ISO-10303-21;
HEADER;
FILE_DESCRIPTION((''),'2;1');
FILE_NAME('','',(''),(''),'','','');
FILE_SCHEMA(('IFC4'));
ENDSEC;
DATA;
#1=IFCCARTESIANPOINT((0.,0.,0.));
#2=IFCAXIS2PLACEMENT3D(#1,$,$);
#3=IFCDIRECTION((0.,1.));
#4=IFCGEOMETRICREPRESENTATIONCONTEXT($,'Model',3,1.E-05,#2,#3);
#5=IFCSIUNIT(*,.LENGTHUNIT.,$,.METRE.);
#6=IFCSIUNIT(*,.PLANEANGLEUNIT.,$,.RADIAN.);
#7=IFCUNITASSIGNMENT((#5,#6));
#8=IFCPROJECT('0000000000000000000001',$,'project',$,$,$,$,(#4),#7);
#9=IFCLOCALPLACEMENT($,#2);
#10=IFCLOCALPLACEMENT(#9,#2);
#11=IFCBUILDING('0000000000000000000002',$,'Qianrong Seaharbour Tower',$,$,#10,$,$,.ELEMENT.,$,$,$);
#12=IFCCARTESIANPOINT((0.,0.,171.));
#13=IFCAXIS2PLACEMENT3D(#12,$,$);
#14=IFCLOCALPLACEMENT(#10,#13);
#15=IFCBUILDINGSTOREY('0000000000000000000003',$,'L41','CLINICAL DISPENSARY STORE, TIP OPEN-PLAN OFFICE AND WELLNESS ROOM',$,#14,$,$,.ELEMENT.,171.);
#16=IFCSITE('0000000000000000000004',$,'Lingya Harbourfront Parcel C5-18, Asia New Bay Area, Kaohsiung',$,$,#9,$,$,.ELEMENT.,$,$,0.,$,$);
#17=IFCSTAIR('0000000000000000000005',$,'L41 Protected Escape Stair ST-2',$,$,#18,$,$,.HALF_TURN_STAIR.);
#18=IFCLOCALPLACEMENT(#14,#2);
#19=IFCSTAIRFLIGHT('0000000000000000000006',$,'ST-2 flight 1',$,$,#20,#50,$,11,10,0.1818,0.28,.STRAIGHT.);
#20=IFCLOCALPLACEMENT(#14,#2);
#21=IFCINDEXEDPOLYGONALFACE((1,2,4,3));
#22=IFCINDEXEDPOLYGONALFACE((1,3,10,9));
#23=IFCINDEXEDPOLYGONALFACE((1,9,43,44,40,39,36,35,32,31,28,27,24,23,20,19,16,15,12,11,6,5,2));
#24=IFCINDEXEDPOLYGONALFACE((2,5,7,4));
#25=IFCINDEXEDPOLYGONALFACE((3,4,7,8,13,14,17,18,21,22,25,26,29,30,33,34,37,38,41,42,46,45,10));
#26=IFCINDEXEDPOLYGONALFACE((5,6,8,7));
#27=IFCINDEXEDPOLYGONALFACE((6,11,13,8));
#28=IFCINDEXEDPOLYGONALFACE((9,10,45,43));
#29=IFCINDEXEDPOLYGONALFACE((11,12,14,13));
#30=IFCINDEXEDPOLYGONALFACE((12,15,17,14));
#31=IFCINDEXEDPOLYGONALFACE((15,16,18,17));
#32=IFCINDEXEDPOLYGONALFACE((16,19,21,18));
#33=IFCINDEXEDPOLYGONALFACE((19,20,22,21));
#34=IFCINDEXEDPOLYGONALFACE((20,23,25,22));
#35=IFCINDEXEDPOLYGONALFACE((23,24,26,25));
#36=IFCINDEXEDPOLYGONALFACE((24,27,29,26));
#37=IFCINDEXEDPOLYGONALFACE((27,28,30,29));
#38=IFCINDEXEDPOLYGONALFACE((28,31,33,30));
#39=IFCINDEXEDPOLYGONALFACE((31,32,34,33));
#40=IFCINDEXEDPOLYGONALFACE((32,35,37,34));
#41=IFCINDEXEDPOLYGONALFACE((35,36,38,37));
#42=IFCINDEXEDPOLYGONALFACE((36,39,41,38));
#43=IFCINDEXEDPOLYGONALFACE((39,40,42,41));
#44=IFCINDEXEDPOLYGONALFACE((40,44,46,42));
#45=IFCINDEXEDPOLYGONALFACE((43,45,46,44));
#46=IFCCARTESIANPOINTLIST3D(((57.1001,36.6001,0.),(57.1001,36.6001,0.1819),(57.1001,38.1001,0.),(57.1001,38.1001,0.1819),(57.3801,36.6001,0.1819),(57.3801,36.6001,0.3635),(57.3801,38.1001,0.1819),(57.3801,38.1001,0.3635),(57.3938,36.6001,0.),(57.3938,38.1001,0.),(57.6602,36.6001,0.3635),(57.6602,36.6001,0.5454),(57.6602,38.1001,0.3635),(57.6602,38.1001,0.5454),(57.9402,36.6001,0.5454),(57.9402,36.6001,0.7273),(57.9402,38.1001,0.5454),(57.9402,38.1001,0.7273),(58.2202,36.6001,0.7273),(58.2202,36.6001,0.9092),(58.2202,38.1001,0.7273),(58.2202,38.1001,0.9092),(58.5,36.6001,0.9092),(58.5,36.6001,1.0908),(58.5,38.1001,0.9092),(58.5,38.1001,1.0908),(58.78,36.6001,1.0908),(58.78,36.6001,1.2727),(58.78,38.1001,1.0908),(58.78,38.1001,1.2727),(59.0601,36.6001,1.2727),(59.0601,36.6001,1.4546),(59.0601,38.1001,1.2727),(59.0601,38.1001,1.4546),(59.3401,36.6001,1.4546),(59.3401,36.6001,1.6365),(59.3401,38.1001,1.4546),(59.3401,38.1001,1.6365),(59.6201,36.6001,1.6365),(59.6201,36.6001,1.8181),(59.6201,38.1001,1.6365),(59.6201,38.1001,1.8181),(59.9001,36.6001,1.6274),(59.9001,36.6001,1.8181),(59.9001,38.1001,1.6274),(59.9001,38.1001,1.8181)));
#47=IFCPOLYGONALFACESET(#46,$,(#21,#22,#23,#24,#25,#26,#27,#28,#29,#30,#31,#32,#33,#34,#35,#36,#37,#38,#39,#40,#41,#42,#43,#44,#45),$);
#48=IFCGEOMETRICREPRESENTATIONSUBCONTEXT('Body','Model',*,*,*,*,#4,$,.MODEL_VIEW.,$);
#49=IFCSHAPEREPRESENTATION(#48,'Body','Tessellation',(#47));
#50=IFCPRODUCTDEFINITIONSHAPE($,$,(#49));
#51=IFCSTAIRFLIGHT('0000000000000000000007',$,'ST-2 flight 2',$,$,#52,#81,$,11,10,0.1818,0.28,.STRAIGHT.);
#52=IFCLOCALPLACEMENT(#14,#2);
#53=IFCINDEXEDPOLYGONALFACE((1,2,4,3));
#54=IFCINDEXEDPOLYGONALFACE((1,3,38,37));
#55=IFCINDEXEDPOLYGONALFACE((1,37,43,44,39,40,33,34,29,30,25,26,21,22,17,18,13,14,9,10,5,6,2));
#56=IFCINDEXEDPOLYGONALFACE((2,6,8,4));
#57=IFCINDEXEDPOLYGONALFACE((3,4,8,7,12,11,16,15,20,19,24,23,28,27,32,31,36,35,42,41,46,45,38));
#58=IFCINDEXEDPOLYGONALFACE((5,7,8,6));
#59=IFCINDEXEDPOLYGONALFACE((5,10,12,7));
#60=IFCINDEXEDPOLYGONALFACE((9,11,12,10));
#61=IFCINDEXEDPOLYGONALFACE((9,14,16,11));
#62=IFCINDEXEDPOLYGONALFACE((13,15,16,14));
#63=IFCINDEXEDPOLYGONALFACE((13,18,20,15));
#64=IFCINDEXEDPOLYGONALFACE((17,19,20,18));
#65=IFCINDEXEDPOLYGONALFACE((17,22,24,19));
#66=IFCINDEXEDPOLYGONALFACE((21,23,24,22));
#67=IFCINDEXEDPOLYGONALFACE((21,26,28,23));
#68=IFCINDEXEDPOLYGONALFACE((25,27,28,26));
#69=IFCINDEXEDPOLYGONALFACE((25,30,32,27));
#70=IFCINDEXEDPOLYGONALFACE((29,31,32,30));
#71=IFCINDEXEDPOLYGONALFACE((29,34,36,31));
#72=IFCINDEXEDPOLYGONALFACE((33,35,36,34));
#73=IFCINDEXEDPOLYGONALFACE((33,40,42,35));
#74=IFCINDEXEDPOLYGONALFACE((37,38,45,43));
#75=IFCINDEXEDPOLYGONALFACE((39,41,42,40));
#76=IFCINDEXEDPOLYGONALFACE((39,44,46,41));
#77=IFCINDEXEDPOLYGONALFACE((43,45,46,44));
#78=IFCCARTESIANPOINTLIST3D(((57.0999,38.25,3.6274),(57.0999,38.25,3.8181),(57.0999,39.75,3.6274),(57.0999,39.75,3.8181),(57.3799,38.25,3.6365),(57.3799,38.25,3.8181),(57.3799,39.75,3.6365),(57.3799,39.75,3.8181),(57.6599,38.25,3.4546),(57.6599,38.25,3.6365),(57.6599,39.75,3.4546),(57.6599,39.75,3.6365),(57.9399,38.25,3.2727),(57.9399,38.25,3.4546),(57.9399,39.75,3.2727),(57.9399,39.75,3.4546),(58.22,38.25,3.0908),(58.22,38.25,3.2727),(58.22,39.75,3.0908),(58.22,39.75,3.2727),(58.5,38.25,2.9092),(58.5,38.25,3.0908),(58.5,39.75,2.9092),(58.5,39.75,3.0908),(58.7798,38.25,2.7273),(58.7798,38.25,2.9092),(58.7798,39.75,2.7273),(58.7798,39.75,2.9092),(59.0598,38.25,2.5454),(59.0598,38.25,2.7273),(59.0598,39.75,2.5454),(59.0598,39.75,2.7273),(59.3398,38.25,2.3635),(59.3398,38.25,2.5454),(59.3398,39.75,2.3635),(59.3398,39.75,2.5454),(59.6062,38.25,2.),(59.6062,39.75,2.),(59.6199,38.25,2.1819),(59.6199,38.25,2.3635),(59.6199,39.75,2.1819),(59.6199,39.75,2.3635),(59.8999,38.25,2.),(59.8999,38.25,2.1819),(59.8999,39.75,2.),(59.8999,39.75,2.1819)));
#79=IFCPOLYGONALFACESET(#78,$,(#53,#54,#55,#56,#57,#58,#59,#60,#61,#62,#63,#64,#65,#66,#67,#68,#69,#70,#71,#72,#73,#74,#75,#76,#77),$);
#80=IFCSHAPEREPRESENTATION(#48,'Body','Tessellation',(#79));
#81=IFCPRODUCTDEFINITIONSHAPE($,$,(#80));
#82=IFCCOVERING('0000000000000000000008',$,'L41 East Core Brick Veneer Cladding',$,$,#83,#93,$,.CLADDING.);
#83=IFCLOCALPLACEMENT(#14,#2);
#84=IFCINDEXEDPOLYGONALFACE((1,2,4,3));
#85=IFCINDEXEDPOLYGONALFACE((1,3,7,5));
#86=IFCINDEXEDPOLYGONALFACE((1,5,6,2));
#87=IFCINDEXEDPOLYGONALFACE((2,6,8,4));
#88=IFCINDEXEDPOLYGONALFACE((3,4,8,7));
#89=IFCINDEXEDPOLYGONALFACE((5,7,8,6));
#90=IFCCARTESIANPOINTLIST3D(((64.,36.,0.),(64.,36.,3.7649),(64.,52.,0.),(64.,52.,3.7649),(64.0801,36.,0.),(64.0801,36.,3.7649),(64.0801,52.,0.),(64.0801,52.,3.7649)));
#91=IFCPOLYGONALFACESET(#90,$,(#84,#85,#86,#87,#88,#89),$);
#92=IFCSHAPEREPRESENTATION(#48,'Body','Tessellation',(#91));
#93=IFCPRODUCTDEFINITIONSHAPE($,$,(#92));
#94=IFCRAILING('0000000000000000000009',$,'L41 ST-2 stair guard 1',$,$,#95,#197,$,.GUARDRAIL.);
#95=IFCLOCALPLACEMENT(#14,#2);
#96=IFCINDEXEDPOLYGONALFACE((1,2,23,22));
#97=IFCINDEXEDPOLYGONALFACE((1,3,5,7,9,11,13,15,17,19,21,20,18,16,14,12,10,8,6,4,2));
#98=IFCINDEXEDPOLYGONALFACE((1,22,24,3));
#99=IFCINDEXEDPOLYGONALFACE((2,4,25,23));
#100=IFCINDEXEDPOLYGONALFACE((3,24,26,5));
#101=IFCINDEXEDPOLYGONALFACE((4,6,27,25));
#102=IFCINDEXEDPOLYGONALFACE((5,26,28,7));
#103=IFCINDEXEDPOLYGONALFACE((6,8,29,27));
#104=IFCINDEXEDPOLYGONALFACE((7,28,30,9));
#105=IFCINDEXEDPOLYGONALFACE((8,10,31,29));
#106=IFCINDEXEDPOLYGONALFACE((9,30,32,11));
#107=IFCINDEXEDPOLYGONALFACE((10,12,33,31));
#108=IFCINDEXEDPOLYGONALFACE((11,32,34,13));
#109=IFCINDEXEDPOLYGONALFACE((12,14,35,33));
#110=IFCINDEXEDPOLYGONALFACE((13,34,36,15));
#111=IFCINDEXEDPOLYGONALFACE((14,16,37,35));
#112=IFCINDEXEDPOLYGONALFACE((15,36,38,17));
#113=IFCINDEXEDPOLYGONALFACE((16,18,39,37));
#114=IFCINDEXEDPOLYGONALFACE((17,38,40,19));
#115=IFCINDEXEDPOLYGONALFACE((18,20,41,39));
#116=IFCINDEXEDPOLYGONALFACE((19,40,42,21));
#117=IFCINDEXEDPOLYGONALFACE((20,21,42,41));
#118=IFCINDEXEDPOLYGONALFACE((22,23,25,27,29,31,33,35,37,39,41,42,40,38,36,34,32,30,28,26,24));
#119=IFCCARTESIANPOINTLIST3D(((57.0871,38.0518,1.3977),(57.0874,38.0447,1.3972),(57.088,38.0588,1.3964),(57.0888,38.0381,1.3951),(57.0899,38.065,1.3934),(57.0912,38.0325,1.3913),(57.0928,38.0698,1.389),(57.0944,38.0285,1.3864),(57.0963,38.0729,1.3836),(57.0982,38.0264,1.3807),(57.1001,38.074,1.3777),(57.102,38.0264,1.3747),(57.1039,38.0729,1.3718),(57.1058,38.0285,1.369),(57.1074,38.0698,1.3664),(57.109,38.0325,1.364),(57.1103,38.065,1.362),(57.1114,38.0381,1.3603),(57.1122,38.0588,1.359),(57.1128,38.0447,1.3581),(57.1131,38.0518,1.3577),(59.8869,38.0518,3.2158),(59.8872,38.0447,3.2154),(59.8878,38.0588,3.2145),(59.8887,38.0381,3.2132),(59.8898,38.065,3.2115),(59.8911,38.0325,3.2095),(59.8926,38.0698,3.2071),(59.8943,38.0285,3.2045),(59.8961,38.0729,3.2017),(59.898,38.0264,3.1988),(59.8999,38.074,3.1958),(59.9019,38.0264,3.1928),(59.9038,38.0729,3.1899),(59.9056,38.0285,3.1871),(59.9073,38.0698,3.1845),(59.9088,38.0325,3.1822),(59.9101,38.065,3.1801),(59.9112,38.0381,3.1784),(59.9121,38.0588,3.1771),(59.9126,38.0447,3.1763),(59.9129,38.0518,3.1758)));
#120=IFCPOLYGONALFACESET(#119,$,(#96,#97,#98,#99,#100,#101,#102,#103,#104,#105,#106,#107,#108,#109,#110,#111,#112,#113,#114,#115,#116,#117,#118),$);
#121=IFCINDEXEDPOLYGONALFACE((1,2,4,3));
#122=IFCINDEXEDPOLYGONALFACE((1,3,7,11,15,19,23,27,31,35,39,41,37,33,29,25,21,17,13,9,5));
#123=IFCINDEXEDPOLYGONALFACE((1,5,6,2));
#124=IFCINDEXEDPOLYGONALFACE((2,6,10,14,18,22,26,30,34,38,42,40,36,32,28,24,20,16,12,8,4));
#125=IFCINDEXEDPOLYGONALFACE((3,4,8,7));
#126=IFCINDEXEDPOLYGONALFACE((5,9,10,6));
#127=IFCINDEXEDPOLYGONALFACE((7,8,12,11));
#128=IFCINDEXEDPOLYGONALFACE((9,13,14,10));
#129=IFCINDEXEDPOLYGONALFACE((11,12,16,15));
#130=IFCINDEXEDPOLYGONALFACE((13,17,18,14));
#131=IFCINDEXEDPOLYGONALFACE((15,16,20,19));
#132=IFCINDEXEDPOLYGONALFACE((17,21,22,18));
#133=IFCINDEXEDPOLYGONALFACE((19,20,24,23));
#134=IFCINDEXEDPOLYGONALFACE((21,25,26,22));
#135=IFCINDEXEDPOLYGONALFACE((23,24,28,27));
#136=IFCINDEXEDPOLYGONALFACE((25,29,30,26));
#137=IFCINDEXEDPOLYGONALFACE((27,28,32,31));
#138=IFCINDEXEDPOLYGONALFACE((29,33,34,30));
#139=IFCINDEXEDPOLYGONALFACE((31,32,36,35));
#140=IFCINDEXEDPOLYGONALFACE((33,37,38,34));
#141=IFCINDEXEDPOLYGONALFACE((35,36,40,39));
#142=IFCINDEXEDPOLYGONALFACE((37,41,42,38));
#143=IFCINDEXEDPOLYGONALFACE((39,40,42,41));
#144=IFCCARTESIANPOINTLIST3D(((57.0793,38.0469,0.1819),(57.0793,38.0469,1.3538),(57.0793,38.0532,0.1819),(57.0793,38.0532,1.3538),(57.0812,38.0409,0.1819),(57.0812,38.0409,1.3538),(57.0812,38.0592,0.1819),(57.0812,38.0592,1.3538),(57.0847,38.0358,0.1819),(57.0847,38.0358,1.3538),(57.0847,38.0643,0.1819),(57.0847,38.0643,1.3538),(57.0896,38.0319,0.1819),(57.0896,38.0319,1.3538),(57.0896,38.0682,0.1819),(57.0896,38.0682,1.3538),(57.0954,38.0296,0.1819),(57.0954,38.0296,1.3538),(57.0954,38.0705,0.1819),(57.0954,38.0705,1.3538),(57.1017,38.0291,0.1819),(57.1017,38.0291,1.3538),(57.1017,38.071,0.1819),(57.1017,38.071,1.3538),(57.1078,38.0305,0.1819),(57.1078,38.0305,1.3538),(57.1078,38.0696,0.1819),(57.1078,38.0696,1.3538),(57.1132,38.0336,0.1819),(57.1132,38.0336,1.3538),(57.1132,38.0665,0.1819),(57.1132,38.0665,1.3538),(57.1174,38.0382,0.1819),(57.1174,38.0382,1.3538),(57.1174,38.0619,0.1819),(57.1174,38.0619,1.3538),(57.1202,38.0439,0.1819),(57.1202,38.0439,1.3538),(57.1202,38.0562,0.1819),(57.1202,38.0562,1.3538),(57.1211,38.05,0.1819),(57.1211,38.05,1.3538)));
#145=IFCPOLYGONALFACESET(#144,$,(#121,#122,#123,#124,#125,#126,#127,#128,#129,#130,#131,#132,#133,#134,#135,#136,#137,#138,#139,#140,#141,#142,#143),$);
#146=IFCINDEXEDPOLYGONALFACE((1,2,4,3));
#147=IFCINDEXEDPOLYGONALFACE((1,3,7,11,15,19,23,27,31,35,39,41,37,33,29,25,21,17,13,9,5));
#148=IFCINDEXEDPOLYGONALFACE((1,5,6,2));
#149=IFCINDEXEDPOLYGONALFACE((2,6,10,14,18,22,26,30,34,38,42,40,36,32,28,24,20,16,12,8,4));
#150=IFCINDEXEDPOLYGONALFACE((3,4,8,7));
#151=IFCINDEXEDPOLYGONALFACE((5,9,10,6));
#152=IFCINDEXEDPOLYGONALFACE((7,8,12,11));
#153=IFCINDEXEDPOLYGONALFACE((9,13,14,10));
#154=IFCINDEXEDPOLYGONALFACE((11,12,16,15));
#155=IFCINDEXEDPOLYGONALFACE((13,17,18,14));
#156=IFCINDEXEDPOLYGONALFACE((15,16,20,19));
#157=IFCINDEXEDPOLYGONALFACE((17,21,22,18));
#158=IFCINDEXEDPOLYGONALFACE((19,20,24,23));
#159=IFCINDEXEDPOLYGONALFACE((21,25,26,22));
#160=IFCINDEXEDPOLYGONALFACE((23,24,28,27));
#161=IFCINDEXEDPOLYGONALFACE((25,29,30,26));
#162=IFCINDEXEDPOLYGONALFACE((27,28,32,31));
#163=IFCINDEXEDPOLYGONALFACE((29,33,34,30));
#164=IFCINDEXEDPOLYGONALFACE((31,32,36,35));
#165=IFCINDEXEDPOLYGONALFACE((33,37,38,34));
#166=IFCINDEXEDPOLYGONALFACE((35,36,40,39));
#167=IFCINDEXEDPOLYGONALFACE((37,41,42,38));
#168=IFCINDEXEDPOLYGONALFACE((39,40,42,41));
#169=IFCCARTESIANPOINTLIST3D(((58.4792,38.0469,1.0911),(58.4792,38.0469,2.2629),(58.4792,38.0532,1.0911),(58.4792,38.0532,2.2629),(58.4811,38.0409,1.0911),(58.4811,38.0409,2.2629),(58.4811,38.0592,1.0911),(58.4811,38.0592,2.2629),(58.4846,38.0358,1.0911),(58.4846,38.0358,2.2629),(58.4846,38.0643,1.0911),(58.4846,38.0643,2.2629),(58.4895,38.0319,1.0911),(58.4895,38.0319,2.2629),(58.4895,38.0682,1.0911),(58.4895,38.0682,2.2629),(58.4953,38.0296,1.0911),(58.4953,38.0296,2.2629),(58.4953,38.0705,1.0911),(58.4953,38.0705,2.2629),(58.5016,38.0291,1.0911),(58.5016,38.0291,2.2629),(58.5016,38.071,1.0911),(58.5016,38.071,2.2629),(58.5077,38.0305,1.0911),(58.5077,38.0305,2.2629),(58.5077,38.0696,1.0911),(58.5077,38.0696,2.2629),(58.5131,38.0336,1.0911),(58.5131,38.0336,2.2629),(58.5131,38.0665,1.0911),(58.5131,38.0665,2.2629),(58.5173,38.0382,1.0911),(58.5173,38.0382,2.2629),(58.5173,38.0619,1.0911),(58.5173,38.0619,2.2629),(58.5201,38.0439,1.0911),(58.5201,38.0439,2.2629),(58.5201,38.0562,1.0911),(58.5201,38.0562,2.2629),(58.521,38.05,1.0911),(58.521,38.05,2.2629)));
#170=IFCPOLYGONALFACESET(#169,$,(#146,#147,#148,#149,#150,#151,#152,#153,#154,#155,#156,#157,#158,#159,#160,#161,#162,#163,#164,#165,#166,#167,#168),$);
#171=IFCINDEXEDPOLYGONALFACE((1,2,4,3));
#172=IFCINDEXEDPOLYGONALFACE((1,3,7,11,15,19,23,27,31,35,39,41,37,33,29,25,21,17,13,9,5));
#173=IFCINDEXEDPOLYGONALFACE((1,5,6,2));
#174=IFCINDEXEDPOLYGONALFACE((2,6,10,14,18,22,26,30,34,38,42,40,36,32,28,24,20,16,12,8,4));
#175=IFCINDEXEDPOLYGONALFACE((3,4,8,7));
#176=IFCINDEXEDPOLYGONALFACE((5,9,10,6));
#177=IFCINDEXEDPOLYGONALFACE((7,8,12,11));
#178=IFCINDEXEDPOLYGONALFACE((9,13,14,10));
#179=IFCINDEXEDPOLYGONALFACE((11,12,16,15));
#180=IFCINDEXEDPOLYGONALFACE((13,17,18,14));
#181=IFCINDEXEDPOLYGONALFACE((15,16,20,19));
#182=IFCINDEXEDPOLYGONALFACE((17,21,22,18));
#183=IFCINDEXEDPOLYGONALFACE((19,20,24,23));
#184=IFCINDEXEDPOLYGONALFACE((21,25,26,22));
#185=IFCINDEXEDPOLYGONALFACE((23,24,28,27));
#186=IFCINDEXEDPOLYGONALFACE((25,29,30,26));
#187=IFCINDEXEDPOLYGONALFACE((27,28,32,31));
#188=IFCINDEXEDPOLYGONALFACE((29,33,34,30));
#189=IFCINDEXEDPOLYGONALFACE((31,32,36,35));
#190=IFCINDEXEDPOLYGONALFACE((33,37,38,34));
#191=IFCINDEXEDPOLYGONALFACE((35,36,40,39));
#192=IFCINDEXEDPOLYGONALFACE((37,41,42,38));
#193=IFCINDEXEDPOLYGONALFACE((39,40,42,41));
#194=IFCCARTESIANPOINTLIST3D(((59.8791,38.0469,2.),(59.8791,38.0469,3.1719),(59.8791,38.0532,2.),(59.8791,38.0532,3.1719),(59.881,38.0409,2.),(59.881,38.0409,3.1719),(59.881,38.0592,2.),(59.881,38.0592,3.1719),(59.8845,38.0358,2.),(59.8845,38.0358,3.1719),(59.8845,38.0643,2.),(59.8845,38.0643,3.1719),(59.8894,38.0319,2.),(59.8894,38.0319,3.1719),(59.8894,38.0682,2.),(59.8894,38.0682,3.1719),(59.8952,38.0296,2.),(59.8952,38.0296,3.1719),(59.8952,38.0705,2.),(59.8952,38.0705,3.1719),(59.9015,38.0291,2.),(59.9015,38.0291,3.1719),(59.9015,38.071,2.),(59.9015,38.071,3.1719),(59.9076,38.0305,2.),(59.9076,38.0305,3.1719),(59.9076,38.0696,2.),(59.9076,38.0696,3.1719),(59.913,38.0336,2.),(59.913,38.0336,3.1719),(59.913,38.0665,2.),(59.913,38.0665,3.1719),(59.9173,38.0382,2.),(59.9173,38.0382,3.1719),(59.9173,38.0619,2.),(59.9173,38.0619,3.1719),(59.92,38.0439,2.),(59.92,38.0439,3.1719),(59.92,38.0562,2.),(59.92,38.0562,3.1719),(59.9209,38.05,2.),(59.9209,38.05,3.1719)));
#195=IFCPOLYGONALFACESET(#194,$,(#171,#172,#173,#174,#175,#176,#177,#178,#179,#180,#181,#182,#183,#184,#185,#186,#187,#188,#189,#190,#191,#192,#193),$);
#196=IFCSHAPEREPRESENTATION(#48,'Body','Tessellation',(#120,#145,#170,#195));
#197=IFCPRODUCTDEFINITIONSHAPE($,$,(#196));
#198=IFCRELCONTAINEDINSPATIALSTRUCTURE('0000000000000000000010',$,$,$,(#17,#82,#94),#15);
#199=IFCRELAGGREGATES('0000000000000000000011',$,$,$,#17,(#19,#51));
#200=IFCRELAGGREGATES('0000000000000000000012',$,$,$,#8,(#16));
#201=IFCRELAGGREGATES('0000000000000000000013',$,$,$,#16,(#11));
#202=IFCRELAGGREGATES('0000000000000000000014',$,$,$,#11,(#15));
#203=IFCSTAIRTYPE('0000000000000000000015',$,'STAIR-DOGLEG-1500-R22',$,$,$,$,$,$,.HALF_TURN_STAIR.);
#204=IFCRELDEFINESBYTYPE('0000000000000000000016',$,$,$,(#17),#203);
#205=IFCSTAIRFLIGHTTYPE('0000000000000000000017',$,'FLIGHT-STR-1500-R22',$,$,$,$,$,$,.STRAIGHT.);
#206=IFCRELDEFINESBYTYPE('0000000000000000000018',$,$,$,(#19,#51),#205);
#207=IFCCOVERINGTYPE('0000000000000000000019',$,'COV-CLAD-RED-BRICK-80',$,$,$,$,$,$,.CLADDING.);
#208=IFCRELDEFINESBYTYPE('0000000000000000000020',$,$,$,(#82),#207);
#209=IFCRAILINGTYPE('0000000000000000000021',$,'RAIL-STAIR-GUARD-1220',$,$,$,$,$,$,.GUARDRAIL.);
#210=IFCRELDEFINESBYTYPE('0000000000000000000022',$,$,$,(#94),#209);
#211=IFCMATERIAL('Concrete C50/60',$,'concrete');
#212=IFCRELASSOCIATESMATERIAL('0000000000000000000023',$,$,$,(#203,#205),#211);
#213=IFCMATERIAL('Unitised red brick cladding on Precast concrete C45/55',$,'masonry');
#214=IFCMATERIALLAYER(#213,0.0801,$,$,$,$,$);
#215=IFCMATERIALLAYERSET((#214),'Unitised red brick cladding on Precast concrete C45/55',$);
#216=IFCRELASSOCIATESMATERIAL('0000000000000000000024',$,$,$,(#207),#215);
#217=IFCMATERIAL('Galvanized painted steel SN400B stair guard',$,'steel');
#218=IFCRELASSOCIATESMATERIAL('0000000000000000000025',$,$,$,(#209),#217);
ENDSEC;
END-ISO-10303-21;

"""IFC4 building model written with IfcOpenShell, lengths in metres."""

from ifc_helpers import new_model, si_unit, direction, frame, origin, origin_2d, place, context, subcontext, project, spatial, polyline, rectangle, circle, outline, extrude, material, layer, layer_set, type_object, element, aggregate, save


model = new_model("IFC4")

# Units and contexts
model_context = context("Model", 3, precision=1e-05, world=origin(), true_north=direction((0.0, 1.0)))
body_context = subcontext(model_context, "Body", "Model", "MODEL_VIEW")
ifc_project = project(units=[si_unit("LENGTHUNIT", "METRE"), si_unit("PLANEANGLEUNIT", "RADIAN")], contexts=[model_context])

# Site, building, storey
site_placement = place(None, origin())
site = spatial("IfcSite", under=ifc_project, at=site_placement, Name="Lingya Harbourfront Parcel C5-18, Asia New Bay Area, Kaohsiung", CompositionType="ELEMENT", RefElevation=0.0)
building_placement = place(site_placement, origin())
building = spatial("IfcBuilding", under=site, at=building_placement, Name="Qianrong Seaharbour Tower", CompositionType="ELEMENT")
storey_placement = place(building_placement, frame((0.0, 0.0, 171.0)))
storey = spatial("IfcBuildingStorey", under=building, at=storey_placement, Name="L41", Description="CLINICAL DISPENSARY STORE, TIP OPEN-PLAN OFFICE AND WELLNESS ROOM", CompositionType="ELEMENT", Elevation=171.0)

# Shared definitions
ifc_material_1 = material(Name="Concrete C50/60", Category="concrete")

# Stair, stair flights
stair_type = type_object("IfcStairType", Name="STAIR-DOGLEG-1500-R22", PredefinedType="HALF_TURN_STAIR", material=ifc_material_1)
stair_placement = place(storey_placement, origin())
stair = element("IfcStair", 1, at=stair_placement, inside=storey, type_object=stair_type, Name="L41 Protected Escape Stair ST-2", PredefinedType="HALF_TURN_STAIR")
stair_flight_type = type_object("IfcStairFlightType", Name="FLIGHT-STR-1500-R22", PredefinedType="STRAIGHT", material=ifc_material_1)
stair_flight_1_placement = place(storey_placement, frame((57.1001, 37.3501, 0.0), z_axis=(0.0, 0.0, 1.0), x_axis=(1.0, 0.0, 0.0)))
stair_flight_1 = element("IfcStairFlight", 2, at=stair_flight_1_placement, type_object=stair_flight_type, Name="ST-2 flight 1", NumberOfRisers=11, NumberOfTreads=10, PredefinedType="STRAIGHT", RiserHeight=0.1818, TreadLength=0.28, context=body_context, shape_type="SweptSolid", body=[
    extrude(outline(polyline([(0.0, 0.0), (0.0, 0.1819), (0.28, 0.1819), (0.28, 0.3635), (0.5601, 0.3635), (0.5601, 0.5454), (0.8401, 0.5454), (0.8401, 0.7273), (1.1201, 0.7273), (1.1201, 0.9092), (1.3999, 0.9092), (1.3999, 1.0908), (1.6799, 1.0908), (1.6799, 1.2727), (1.96, 1.2727), (1.96, 1.4546), (2.24, 1.4546), (2.24, 1.6365), (2.52, 1.6365), (2.52, 1.8181), (2.8, 1.8181), (2.8, 2.0), (2.8, 1.6274), (0.2937, 0.0), (0.0, 0.0)])), frame((0.0, 0.75, 0.0), z_axis=(0.0, -1.0, 0.0), x_axis=(1.0, 0.0, 0.0)), (0.0, 0.0, 1.0), 1.5),
])
stair_flight_2_placement = place(storey_placement, frame((59.8999, 39.0, 2.0), z_axis=(0.0, 0.0, 1.0), x_axis=(-1.0, 0.0, 0.0)))
stair_flight_2 = element("IfcStairFlight", 3, at=stair_flight_2_placement, type_object=stair_flight_type, Name="ST-2 flight 2", NumberOfRisers=11, NumberOfTreads=10, PredefinedType="STRAIGHT", RiserHeight=0.1818, TreadLength=0.28, context=body_context, shape_type="SweptSolid", body=[
    extrude(outline(polyline([(0.0, 0.0), (0.0, 0.1819), (0.28, 0.1819), (0.28, 0.3635), (0.5601, 0.3635), (0.5601, 0.5454), (0.8401, 0.5454), (0.8401, 0.7273), (1.1201, 0.7273), (1.1201, 0.9092), (1.3999, 0.9092), (1.3999, 1.0908), (1.6799, 1.0908), (1.6799, 1.2727), (1.96, 1.2727), (1.96, 1.4546), (2.24, 1.4546), (2.24, 1.6365), (2.52, 1.6365), (2.52, 1.8181), (2.8, 1.8181), (2.8, 2.0), (2.8, 1.6274), (0.2937, 0.0), (0.0, 0.0)])), frame((0.0, 0.75, 0.0), z_axis=(0.0, -1.0, 0.0), x_axis=(1.0, 0.0, 0.0)), (0.0, 0.0, 1.0), 1.5),
])
aggregate(stair, [stair_flight_1, stair_flight_2])

# Covering
ifc_material_2 = material(Name="Unitised red brick cladding on Precast concrete C45/55", Category="masonry")
ifc_layer_1 = layer(ifc_material_2, 0.0801)
ifc_layer_set_1 = layer_set([ifc_layer_1], Name="Unitised red brick cladding on Precast concrete C45/55")
covering_type = type_object("IfcCoveringType", Name="COV-CLAD-RED-BRICK-80", PredefinedType="CLADDING", material=ifc_layer_set_1)
covering_placement = place(storey_placement, frame((64.04, 44.0, 0.0), z_axis=(0.0, 0.0, 1.0), x_axis=(1.0, 0.0, 0.0)))
element("IfcCovering", 4, at=covering_placement, inside=storey, type_object=covering_type, Name="L41 East Core Brick Veneer Cladding", PredefinedType="CLADDING", context=body_context, shape_type="SweptSolid", body=[
    extrude(rectangle(XDim=0.0801, YDim=16.0, at=origin_2d()), origin(), (0.0, 0.0, 1.0), 3.7649),
])

# Railing
ifc_material_3 = material(Name="Galvanized painted steel SN400B stair guard", Category="steel")
railing_type_1 = type_object("IfcRailingType", Name="RAIL-STAIR-GUARD-1220", PredefinedType="GUARDRAIL", material=ifc_material_3)
railing_1_placement = place(storey_placement, frame((57.1001, 38.05, 0.1819)))
element("IfcRailing", 5, at=railing_1_placement, inside=storey, type_object=railing_type_1, Name="L41 ST-2 stair guard 1", PredefinedType="GUARDRAIL", context=body_context, shape_type="SweptSolid", body=[
    extrude(circle(Radius=0.0239, at=origin_2d()), frame((0.0, 0.0, 1.1958), z_axis=(0.838684, 0.0, 0.544618), x_axis=(0.0, 1.0, 0.0)), (0.0, 0.0, 1.0), 3.3384),
    extrude(circle(Radius=0.021, at=origin_2d()), origin(), (0.0, 0.0, 1.0), 1.1719),
    extrude(circle(Radius=0.021, at=origin_2d()), frame((1.3999, 0.0, 0.9092)), (0.0, 0.0, 1.0), 1.1719),
    extrude(circle(Radius=0.021, at=origin_2d()), frame((2.7998, 0.0, 1.8181)), (0.0, 0.0, 1.0), 1.1719),
])

save(model, "model.ifc")
